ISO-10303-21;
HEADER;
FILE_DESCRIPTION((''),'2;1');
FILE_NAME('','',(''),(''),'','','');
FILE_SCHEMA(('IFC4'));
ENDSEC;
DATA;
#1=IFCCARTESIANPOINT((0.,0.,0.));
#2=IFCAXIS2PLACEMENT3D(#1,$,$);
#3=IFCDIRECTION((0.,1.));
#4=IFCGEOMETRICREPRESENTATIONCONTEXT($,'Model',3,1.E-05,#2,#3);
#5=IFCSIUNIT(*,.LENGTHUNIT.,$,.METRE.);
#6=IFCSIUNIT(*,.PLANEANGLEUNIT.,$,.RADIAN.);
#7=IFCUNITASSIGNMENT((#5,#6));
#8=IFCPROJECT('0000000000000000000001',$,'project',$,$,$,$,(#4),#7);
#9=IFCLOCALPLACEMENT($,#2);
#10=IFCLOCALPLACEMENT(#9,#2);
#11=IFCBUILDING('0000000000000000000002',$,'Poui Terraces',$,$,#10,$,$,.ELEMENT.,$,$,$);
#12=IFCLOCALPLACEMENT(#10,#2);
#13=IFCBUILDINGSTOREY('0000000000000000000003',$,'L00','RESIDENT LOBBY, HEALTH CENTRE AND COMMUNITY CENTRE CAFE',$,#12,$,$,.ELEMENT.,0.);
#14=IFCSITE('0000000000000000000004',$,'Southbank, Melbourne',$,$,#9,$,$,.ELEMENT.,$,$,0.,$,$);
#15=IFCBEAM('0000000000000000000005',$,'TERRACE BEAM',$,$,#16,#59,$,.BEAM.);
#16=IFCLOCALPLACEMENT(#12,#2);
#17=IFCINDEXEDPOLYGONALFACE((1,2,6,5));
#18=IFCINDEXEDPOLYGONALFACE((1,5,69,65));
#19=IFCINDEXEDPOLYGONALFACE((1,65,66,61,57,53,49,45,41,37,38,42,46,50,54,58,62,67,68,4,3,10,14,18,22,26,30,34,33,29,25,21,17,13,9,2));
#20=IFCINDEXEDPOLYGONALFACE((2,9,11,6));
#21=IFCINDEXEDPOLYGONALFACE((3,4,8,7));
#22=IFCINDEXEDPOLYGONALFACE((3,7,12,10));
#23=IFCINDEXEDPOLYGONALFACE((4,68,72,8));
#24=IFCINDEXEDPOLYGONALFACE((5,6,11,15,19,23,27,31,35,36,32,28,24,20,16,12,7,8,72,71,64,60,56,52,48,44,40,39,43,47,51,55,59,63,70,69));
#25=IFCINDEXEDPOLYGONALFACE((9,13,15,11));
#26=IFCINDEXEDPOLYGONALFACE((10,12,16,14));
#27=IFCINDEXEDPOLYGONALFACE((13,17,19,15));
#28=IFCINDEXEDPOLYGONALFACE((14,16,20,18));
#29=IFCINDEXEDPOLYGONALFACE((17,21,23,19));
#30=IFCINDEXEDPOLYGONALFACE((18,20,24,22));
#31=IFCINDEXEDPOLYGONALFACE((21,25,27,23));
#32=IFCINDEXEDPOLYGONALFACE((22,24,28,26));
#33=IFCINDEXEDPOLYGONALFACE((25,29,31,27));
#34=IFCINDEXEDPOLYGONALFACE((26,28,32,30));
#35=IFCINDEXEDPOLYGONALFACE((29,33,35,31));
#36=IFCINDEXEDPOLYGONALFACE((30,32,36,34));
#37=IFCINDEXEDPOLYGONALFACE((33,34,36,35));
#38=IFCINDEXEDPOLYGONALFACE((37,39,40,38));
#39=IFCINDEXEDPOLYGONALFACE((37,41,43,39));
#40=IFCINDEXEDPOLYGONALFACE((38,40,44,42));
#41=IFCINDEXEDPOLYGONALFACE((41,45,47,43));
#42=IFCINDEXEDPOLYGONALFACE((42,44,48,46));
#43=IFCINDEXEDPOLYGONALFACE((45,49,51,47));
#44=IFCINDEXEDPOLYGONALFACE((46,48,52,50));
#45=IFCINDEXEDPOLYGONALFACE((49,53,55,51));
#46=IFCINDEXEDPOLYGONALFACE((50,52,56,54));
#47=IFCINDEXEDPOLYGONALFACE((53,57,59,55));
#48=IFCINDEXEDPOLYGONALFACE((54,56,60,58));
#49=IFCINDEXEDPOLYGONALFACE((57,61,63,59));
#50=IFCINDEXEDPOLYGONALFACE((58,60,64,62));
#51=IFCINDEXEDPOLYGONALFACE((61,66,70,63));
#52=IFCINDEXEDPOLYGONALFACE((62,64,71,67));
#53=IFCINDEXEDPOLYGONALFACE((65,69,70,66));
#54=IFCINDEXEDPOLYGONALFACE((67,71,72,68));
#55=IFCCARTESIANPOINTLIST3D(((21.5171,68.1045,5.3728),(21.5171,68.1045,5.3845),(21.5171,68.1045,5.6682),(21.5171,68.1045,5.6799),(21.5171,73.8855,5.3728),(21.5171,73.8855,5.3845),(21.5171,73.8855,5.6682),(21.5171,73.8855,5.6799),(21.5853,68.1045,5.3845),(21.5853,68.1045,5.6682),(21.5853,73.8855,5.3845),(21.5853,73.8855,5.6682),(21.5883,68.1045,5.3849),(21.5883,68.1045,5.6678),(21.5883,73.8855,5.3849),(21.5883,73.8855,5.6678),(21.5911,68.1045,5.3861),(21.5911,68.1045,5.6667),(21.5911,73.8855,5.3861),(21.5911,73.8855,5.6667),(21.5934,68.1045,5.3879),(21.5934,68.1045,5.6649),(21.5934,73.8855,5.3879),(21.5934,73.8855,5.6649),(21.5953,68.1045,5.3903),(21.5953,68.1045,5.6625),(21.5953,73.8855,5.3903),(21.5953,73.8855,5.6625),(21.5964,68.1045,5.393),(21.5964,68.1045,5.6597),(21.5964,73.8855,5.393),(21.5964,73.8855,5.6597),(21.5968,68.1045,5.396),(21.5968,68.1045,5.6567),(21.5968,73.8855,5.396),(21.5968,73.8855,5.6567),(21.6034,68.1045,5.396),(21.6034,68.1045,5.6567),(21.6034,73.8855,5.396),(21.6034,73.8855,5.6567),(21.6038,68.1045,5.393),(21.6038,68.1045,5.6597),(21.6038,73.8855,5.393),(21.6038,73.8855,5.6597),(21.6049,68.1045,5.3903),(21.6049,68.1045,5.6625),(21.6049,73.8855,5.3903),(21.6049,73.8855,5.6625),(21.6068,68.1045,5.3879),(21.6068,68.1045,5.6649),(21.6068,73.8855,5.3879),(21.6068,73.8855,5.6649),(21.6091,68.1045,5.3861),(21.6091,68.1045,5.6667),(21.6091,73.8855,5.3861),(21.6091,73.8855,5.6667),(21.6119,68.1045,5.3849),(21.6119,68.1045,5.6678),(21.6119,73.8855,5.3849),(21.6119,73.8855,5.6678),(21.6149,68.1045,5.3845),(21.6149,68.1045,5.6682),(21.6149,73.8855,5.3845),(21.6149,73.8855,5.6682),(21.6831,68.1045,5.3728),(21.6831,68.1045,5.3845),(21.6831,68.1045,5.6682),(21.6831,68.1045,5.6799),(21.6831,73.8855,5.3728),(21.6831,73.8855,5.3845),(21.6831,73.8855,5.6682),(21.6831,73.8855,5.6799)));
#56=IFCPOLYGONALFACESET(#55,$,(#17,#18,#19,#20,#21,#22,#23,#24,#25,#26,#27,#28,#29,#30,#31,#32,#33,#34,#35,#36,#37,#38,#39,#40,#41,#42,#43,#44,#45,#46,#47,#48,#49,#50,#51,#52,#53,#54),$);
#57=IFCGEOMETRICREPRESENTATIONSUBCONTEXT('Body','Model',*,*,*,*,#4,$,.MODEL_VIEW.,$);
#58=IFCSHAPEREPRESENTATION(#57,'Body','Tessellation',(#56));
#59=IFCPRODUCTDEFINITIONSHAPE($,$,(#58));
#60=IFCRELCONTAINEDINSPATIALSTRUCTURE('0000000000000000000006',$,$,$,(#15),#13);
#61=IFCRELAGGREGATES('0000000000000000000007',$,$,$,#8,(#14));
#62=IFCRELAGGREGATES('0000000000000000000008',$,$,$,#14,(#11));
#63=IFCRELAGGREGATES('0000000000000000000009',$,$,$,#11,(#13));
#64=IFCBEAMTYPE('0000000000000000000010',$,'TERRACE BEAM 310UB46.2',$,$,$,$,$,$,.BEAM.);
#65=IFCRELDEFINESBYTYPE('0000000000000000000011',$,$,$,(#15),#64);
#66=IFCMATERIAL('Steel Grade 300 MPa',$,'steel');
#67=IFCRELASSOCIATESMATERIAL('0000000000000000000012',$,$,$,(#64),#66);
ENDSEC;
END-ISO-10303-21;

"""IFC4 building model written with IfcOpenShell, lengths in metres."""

from ifc_helpers import new_model, si_unit, direction, frame, origin, origin_2d, place, context, subcontext, project, spatial, i_section, extrude, source, transform, mapped, material, material_profile, profile_set, type_object, element, save


model = new_model("IFC4")

# Units and contexts
model_context = context("Model", 3, precision=1e-05, world=origin(), true_north=direction((0.0, 1.0)))
body_context = subcontext(model_context, "Body", "Model", "MODEL_VIEW")
ifc_project = project(units=[si_unit("LENGTHUNIT", "METRE"), si_unit("PLANEANGLEUNIT", "RADIAN")], contexts=[model_context])

# Site, building, storey
site_placement = place(None, origin())
site = spatial("IfcSite", under=ifc_project, at=site_placement, Name="Southbank, Melbourne", CompositionType="ELEMENT", RefElevation=0.0)
building_placement = place(site_placement, origin())
building = spatial("IfcBuilding", under=site, at=building_placement, Name="Poui Terraces", CompositionType="ELEMENT")
storey_placement = place(building_placement, origin())
storey = spatial("IfcBuildingStorey", under=building, at=storey_placement, Name="L00", Description="RESIDENT LOBBY, HEALTH CENTRE AND COMMUNITY CENTRE CAFE", CompositionType="ELEMENT", Elevation=0.0)

# Beam
ifc_material_1 = material(Name="Steel Grade 300 MPa", Category="steel")
ifc_material_profile_1 = material_profile(ifc_material_1, i_section(OverallWidth=0.166, OverallDepth=0.3071, WebThickness=0.0066, FlangeThickness=0.0117, FilletRadius=0.0115, at=origin_2d()), Name="310UB46.2")
ifc_profile_set_1 = profile_set([ifc_material_profile_1], Name="Steel Grade 300 MPa")
beam_type_1 = type_object("IfcBeamType", Name="TERRACE BEAM 310UB46.2", PredefinedType="BEAM", material=ifc_profile_set_1)
shared_shape_1 = source(origin(), body_context, "Body", "SweptSolid", [
    extrude(i_section(OverallWidth=0.166, OverallDepth=0.3071, WebThickness=0.0066, FlangeThickness=0.0117, FilletRadius=0.0115, at=origin_2d()), origin(), (0.0, 0.0, 1.0), 5.781),
])
for number, where, z_axis, x_axis, name in (
    (1, (21.6001, 68.1045, 5.5264), (0.0, 1.0, 0.0), (-1.0, 0.0, 0.0), "TERRACE BEAM"),
):
    element("IfcBeam", number, at=place(storey_placement, frame(where, z_axis=z_axis, x_axis=x_axis)), inside=storey, type_object=beam_type_1, Name=name, PredefinedType="BEAM", context=body_context, shape_type="MappedRepresentation", body=[
        mapped(shared_shape_1, transform((0.0, 0.0, 0.0))),
    ])

save(model, "model.ifc")
